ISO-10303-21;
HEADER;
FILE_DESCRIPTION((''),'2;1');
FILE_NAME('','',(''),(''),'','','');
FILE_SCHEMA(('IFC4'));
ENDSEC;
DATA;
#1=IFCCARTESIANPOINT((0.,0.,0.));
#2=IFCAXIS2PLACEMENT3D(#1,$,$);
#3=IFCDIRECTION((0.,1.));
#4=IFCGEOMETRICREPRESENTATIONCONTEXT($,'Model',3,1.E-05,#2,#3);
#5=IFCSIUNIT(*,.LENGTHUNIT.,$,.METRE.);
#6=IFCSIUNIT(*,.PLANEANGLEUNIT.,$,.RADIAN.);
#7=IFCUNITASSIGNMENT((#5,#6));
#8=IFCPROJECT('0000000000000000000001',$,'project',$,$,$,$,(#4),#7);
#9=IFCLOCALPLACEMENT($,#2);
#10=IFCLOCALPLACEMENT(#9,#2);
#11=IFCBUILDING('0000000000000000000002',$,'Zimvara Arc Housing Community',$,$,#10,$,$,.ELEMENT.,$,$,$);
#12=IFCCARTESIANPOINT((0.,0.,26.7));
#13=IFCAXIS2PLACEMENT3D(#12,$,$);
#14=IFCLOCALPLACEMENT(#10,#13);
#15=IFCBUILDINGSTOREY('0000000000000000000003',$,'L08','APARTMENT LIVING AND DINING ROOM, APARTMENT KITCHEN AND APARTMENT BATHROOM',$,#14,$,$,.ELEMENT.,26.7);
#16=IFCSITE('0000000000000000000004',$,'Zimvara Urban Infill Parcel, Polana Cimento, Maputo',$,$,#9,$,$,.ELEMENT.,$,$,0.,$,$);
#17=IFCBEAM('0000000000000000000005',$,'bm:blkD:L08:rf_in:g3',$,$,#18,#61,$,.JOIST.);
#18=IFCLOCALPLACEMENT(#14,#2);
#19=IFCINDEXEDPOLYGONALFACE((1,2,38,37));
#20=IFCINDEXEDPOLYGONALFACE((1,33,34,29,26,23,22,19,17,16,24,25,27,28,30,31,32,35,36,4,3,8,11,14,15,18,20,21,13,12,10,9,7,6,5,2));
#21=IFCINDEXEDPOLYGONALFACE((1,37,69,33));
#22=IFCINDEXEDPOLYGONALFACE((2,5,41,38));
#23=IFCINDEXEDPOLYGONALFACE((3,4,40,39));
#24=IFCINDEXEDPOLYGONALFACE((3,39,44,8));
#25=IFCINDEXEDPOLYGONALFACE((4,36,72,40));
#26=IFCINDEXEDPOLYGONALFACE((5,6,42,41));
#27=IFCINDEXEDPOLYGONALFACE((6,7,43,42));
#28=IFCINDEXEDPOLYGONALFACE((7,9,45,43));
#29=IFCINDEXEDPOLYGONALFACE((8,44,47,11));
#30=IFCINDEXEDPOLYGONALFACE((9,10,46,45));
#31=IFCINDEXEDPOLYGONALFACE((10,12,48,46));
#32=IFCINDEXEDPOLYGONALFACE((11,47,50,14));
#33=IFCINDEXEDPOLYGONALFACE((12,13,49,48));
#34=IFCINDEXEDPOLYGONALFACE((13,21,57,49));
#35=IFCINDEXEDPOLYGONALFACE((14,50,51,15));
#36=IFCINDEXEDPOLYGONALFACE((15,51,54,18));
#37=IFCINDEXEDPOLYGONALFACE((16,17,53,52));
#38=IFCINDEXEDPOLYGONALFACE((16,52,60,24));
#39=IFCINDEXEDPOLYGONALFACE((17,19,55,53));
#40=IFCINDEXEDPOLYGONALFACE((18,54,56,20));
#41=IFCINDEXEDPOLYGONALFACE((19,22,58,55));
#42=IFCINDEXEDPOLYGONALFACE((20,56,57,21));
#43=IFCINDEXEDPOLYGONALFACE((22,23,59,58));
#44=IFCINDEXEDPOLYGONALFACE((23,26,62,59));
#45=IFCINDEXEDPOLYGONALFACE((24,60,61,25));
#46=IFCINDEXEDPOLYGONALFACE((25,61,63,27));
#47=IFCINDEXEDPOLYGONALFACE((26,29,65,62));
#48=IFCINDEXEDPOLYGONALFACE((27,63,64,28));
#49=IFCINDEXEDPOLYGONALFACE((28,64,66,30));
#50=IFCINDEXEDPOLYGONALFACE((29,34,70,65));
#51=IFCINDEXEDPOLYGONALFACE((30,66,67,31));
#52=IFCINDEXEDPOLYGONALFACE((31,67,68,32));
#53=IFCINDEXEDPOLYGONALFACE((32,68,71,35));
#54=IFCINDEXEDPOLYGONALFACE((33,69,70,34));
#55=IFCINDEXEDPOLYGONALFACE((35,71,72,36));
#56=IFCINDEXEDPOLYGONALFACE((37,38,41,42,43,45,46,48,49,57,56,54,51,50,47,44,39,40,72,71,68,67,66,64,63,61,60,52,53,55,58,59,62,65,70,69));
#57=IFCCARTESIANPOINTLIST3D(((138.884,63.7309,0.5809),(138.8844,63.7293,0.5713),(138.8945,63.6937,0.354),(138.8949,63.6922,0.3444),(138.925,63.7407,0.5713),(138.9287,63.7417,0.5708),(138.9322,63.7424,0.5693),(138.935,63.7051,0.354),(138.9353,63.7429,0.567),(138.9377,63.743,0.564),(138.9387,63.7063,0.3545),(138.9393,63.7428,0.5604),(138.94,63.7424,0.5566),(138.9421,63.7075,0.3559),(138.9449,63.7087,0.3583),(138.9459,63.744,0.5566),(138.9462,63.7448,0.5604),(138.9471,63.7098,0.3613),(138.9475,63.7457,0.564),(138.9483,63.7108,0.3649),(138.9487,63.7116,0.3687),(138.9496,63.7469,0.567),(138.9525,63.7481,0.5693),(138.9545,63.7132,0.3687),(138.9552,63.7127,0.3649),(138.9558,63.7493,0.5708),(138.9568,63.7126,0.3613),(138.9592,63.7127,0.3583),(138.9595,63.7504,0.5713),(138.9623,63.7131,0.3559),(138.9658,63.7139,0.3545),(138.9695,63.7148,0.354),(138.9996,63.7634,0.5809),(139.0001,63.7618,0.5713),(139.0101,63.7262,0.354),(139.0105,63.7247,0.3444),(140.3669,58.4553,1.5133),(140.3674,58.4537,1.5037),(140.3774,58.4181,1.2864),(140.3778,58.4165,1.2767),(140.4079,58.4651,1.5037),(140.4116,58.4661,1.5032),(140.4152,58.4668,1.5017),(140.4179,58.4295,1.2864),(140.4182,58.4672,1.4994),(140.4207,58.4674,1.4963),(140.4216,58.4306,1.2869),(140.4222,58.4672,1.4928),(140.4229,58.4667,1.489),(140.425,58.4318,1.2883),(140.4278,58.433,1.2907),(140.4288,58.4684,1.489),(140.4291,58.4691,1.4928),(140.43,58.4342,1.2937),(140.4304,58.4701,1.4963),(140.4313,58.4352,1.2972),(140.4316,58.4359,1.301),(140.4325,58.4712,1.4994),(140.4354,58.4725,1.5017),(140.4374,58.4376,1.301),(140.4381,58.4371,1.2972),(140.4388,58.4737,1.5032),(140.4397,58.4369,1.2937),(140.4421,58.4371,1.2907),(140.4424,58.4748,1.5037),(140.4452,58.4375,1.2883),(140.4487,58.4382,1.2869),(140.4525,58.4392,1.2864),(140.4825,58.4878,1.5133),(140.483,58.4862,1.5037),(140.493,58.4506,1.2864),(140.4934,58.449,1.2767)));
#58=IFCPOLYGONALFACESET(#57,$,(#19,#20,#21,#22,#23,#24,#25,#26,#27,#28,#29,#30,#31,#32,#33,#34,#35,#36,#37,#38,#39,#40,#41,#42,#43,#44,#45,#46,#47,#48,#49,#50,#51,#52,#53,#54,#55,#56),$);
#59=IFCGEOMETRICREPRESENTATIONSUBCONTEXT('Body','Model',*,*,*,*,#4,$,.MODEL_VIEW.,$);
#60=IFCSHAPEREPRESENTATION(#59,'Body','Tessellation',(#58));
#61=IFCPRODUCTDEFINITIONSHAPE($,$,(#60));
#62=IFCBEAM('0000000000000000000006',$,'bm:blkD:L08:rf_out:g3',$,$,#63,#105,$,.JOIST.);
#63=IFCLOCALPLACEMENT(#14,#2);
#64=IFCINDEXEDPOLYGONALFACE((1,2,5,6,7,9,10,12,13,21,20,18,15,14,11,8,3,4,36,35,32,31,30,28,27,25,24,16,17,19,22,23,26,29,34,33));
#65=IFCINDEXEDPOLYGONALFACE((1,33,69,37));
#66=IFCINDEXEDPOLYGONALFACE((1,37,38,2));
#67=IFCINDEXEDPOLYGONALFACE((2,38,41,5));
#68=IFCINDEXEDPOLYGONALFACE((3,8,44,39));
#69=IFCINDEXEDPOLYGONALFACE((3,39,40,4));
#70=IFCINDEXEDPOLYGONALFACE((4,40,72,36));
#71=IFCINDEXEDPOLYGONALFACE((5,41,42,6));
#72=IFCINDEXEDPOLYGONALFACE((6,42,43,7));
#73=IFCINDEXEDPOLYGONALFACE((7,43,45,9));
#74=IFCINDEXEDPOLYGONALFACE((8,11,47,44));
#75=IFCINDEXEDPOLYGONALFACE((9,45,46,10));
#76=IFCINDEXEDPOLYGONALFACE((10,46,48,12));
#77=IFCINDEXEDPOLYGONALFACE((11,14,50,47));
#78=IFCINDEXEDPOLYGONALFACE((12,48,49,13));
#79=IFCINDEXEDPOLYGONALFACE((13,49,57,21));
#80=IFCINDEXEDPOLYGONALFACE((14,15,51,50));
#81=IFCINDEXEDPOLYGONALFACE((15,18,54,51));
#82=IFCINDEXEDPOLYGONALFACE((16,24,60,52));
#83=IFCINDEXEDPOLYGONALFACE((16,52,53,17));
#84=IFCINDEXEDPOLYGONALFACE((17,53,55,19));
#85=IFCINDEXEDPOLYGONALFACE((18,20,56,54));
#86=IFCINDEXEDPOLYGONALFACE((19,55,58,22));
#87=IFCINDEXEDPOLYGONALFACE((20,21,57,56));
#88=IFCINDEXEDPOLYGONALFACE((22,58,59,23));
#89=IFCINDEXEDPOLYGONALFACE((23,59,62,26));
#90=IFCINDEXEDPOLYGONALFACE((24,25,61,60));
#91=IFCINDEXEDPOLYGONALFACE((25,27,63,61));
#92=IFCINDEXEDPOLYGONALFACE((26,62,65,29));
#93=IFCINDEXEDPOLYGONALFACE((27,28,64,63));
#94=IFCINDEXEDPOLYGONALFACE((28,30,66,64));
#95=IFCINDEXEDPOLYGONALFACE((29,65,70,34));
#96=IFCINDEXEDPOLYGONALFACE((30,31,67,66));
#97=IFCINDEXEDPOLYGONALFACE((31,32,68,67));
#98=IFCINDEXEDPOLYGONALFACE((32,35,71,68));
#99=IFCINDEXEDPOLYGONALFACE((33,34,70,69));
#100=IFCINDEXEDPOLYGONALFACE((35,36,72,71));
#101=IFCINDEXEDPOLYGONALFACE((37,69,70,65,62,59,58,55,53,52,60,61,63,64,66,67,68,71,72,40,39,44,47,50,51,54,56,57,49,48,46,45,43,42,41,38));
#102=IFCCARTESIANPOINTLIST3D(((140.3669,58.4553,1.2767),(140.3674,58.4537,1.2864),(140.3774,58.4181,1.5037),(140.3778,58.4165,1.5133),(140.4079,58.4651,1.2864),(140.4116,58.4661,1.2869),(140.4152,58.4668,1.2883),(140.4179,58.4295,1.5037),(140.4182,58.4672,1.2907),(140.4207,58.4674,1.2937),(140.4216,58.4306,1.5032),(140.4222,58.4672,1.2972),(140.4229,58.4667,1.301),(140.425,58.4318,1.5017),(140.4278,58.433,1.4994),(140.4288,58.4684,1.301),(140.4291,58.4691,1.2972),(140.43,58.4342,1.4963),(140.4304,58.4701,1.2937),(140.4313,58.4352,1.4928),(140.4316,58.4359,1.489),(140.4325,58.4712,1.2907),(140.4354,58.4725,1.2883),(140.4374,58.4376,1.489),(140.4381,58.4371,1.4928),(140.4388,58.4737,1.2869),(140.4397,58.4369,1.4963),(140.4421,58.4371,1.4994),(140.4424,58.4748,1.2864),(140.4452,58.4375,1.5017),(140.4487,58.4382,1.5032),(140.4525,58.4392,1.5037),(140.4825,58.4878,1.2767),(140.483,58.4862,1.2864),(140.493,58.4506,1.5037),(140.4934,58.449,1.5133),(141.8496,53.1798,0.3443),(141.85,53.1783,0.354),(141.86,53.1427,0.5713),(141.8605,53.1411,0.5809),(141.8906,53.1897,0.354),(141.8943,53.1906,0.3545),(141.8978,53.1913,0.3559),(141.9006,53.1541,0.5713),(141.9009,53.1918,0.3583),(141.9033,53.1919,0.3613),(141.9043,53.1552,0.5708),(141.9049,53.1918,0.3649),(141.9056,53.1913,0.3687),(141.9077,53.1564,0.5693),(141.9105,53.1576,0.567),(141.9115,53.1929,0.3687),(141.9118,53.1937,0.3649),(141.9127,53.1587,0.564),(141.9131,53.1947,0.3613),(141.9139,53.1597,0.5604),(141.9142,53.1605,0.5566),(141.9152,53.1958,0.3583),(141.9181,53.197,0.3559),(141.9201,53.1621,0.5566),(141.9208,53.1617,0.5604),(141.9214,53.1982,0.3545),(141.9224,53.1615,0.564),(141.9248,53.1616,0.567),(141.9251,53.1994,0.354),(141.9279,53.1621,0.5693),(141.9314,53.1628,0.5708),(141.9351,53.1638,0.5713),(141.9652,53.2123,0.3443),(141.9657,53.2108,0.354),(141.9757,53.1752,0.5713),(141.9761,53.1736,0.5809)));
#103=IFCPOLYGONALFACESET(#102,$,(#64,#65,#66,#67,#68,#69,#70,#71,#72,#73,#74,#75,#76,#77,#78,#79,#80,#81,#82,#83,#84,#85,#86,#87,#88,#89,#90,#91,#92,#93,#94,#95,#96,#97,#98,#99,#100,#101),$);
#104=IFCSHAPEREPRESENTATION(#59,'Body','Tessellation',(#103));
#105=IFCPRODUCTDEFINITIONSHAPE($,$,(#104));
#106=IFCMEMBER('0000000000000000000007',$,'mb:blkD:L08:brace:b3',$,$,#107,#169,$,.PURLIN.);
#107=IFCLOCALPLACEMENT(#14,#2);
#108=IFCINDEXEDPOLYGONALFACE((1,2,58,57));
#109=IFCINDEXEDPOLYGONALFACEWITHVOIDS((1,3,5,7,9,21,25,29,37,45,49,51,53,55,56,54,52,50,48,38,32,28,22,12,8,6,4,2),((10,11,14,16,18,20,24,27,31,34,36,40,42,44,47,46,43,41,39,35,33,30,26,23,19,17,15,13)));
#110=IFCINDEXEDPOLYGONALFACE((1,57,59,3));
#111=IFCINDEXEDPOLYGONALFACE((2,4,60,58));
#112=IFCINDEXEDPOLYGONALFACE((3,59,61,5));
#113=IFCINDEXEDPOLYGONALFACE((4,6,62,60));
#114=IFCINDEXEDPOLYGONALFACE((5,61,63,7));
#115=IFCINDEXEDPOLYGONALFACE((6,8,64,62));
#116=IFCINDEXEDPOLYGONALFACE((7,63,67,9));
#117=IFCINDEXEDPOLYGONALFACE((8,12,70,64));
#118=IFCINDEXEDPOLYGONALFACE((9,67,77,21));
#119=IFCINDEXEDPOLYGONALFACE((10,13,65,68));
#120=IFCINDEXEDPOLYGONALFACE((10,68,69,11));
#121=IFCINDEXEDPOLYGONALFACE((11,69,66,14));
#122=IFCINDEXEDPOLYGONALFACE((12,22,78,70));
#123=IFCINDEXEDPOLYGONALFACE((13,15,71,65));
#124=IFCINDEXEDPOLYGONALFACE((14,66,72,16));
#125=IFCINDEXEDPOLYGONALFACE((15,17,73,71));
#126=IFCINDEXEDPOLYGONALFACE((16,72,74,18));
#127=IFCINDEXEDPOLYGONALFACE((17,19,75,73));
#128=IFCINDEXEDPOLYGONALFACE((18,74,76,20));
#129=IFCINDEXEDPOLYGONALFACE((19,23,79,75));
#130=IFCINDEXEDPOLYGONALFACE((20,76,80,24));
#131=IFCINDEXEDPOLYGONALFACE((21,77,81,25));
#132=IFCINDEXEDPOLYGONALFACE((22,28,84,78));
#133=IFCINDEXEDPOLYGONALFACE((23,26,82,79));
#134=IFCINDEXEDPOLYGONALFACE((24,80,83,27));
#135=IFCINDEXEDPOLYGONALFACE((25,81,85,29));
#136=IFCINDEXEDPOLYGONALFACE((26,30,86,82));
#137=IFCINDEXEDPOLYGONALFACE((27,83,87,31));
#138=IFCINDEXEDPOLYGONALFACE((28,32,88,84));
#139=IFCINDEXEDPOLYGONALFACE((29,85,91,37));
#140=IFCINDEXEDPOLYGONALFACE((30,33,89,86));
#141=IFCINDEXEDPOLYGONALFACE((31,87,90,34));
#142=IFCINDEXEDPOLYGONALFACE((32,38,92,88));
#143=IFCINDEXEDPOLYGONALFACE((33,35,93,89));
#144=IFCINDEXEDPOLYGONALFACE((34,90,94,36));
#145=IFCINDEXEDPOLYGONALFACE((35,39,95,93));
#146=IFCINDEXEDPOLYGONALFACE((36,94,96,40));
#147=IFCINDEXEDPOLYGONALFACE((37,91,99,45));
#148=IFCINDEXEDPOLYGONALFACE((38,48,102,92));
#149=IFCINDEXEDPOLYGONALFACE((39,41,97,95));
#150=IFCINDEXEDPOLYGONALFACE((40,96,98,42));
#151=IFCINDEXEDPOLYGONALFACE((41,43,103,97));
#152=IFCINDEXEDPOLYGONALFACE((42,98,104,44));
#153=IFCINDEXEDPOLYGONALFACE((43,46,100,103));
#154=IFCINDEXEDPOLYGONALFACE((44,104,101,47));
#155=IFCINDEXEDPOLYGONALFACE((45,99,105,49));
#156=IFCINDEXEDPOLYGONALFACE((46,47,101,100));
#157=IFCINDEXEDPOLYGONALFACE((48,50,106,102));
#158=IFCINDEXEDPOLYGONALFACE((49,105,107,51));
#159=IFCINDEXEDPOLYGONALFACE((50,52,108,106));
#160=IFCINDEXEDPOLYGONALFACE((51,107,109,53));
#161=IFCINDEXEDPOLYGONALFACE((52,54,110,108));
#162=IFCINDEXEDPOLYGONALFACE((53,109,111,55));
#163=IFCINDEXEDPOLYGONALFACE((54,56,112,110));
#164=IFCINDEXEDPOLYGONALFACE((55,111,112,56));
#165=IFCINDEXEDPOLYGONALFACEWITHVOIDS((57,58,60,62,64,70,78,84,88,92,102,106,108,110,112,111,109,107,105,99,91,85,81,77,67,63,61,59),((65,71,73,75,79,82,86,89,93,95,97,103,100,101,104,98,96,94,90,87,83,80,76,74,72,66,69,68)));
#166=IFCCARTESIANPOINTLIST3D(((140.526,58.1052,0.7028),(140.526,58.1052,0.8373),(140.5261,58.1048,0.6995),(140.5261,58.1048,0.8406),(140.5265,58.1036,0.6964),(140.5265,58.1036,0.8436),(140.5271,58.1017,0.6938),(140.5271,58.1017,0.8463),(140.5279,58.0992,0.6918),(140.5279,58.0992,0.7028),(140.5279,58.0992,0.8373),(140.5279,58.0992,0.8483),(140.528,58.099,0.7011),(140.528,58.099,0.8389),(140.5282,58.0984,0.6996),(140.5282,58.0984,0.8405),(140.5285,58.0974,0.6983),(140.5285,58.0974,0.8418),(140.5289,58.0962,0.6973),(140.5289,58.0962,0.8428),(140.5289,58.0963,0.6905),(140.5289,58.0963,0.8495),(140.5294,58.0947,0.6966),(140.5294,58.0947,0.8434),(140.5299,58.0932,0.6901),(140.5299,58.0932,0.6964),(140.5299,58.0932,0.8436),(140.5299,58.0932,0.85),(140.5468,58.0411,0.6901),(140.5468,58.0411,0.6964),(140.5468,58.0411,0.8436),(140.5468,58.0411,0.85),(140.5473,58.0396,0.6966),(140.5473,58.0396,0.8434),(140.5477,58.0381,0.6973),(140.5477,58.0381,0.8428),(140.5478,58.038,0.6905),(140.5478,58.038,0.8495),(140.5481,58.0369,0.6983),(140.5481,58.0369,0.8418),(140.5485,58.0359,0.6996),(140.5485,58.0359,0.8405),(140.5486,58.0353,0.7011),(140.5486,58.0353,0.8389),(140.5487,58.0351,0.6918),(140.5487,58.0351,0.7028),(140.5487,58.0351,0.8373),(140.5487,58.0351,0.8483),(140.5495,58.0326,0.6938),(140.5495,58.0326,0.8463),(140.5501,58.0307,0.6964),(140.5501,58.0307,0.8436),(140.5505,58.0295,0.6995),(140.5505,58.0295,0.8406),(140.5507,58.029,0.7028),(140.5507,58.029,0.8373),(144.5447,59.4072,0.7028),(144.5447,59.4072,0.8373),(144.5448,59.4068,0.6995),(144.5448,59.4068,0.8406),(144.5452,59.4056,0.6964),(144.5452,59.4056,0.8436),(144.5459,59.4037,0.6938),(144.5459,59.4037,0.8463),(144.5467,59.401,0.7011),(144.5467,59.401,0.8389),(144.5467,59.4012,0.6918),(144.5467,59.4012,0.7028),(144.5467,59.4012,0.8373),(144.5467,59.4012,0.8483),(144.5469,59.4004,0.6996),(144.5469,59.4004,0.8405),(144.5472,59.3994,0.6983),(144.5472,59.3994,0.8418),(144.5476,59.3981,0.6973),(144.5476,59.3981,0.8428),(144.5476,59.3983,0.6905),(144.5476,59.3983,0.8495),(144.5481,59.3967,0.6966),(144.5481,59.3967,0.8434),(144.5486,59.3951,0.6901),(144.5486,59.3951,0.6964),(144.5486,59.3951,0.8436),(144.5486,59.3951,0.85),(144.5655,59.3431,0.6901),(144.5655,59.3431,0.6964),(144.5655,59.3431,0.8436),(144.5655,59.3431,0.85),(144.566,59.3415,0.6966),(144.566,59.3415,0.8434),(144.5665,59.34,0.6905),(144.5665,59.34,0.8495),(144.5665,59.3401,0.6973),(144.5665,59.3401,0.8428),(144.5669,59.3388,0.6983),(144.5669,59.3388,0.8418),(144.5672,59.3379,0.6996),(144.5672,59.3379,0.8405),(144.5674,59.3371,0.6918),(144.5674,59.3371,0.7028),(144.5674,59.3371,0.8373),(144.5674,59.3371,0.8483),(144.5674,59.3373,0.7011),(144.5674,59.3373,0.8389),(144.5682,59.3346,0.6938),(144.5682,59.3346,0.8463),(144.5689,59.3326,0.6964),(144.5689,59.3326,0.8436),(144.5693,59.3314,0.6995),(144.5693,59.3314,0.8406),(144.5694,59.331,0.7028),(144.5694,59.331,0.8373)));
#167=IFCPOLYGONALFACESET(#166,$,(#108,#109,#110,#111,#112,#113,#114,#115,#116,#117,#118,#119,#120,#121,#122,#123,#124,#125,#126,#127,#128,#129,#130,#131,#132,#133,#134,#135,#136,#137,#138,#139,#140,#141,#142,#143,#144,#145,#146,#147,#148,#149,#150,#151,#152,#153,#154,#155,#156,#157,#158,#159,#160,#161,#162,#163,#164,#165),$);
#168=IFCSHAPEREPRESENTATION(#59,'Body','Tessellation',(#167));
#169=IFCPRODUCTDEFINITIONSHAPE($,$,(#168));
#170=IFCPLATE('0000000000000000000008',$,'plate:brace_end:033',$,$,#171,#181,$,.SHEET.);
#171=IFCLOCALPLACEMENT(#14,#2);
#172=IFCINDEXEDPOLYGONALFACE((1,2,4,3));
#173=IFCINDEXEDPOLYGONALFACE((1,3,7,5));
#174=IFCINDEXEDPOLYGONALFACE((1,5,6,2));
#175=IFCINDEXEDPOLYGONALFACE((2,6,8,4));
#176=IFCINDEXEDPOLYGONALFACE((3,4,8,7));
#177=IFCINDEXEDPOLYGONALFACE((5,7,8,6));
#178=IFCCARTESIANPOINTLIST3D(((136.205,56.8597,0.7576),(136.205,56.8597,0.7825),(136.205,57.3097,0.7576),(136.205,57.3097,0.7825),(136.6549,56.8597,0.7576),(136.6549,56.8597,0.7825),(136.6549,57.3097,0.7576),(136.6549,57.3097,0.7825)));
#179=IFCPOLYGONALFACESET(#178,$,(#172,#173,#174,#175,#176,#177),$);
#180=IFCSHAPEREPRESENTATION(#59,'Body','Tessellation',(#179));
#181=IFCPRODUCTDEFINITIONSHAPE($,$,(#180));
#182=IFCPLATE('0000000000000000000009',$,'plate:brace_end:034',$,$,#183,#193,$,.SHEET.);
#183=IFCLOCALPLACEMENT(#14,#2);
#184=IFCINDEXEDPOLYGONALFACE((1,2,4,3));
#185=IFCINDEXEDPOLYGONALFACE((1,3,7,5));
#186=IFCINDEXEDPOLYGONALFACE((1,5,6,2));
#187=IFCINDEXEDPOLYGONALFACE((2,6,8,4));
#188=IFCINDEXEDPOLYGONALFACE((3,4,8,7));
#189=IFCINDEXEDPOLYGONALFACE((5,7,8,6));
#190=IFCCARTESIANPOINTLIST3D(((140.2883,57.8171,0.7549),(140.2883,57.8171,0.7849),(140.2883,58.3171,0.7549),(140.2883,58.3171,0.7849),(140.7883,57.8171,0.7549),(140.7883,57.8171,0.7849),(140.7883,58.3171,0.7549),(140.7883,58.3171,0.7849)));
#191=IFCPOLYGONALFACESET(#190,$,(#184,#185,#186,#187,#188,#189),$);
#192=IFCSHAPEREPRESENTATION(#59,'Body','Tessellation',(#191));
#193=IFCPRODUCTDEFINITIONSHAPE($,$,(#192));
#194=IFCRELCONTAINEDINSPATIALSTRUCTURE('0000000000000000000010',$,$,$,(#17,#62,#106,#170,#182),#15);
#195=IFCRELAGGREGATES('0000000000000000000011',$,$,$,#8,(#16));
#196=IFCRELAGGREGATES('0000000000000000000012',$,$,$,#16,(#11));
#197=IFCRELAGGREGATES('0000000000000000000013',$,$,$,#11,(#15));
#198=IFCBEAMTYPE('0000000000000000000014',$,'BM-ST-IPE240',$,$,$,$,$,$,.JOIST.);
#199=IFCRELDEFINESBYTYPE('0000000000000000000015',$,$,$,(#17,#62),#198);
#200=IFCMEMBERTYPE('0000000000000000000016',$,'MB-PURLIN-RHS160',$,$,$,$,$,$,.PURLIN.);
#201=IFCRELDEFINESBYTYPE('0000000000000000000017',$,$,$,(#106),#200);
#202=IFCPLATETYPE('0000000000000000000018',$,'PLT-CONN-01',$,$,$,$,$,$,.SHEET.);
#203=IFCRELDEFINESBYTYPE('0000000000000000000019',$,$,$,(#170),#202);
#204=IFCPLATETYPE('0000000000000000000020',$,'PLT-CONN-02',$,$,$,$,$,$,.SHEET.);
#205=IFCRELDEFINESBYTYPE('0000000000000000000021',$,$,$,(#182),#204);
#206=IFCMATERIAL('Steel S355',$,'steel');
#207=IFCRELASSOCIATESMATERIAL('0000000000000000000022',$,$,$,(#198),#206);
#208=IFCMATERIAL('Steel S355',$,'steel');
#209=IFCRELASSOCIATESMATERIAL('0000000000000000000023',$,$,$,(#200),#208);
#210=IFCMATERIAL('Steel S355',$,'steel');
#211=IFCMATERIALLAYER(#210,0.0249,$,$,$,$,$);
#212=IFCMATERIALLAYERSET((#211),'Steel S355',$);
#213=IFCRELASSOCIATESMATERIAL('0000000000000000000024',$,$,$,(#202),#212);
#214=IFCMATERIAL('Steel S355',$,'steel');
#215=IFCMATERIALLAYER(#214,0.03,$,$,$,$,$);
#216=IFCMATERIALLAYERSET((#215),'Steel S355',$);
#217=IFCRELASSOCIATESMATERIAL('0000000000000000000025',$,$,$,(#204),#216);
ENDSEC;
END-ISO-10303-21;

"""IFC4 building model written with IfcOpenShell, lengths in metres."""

from ifc_helpers import new_model, si_unit, direction, frame, origin, origin_2d, place, context, subcontext, project, spatial, rectangle, hollow_rectangle, i_section, extrude, material, layer, layer_set, material_profile, profile_set, type_object, element, save


model = new_model("IFC4")

# Units and contexts
model_context = context("Model", 3, precision=1e-05, world=origin(), true_north=direction((0.0, 1.0)))
body_context = subcontext(model_context, "Body", "Model", "MODEL_VIEW")
ifc_project = project(units=[si_unit("LENGTHUNIT", "METRE"), si_unit("PLANEANGLEUNIT", "RADIAN")], contexts=[model_context])

# Site, building, storey
site_placement = place(None, origin())
site = spatial("IfcSite", under=ifc_project, at=site_placement, Name="Zimvara Urban Infill Parcel, Polana Cimento, Maputo", CompositionType="ELEMENT", RefElevation=0.0)
building_placement = place(site_placement, origin())
building = spatial("IfcBuilding", under=site, at=building_placement, Name="Zimvara Arc Housing Community", CompositionType="ELEMENT")
storey_placement = place(building_placement, frame((0.0, 0.0, 26.7)))
storey = spatial("IfcBuildingStorey", under=building, at=storey_placement, Name="L08", Description="APARTMENT LIVING AND DINING ROOM, APARTMENT KITCHEN AND APARTMENT BATHROOM", CompositionType="ELEMENT", Elevation=26.7)

# Beams
ifc_material_1 = material(Name="Steel S355", Category="steel")
ifc_material_profile_1 = material_profile(ifc_material_1, i_section(OverallWidth=0.1201, OverallDepth=0.24, WebThickness=0.0061, FlangeThickness=0.0098, FilletRadius=0.0149, at=origin_2d()), Name="IPE 240")
ifc_profile_set_1 = profile_set([ifc_material_profile_1], Name="Steel S355")
beam_type_1 = type_object("IfcBeamType", Name="BM-ST-IPE240", PredefinedType="JOIST", material=ifc_profile_set_1)
for number, where, z_axis, x_axis, name in (
    (1, (138.9473, 63.7278, 0.4626), (0.266766, -0.949054, 0.167728), (0.962692, 0.2706, 0.0), "bm:blkD:L08:rf_in:g3"),
):
    element("IfcBeam", number, at=place(storey_placement, frame(where, z_axis=z_axis, x_axis=x_axis)), inside=storey, type_object=beam_type_1, Name=name, PredefinedType="JOIST", context=body_context, shape_type="SweptSolid", body=[
        extrude(i_section(OverallWidth=0.1201, OverallDepth=0.24, WebThickness=0.0061, FlangeThickness=0.0098, FilletRadius=0.0149, at=origin_2d()), origin(), (0.0, 0.0, 1.0), 5.5588),
    ])
beam_1_placement = place(storey_placement, frame((140.4302, 58.4521, 1.395), z_axis=(0.266737, -0.949061, -0.167737), x_axis=(0.9627, 0.27057, 0.0)))
element("IfcBeam", 2, at=beam_1_placement, inside=storey, type_object=beam_type_1, Name="bm:blkD:L08:rf_out:g3", PredefinedType="JOIST", context=body_context, shape_type="SweptSolid", body=[
    extrude(i_section(OverallWidth=0.1201, OverallDepth=0.24, WebThickness=0.0061, FlangeThickness=0.0098, FilletRadius=0.0149, at=origin_2d()), origin(), (0.0, 0.0, 1.0), 5.5586),
])

# Member
ifc_material_2 = material(Name="Steel S355", Category="steel")
ifc_material_profile_2 = material_profile(ifc_material_2, hollow_rectangle(XDim=0.0801, YDim=0.1599, WallThickness=0.0063, InnerFilletRadius=0.0063, OuterFilletRadius=0.0127, at=origin_2d()), Name="RHS 160x80x6.3")
ifc_profile_set_2 = profile_set([ifc_material_profile_2], Name="Steel S355")
member_type = type_object("IfcMemberType", Name="MB-PURLIN-RHS160", PredefinedType="PURLIN", material=ifc_profile_set_2)
member_placement = place(storey_placement, frame((140.5383, 58.0671, 0.77), z_axis=(0.951319, 0.308206, 0.0), x_axis=(-0.308206, 0.951319, 0.0)))
element("IfcMember", 3, at=member_placement, inside=storey, type_object=member_type, Name="mb:blkD:L08:brace:b3", PredefinedType="PURLIN", context=body_context, shape_type="SweptSolid", body=[
    extrude(hollow_rectangle(XDim=0.0801, YDim=0.1599, WallThickness=0.0063, InnerFilletRadius=0.0063, OuterFilletRadius=0.0127, at=origin_2d()), origin(), (0.0, 0.0, 1.0), 4.2244),
])

# Plates
ifc_material_3 = material(Name="Steel S355", Category="steel")
ifc_layer_1 = layer(ifc_material_3, 0.0249)
ifc_layer_set_1 = layer_set([ifc_layer_1], Name="Steel S355")
plate_type_1 = type_object("IfcPlateType", Name="PLT-CONN-01", PredefinedType="SHEET", material=ifc_layer_set_1)
plate_1_placement = place(storey_placement, frame((136.4299, 57.0847, 0.7576), z_axis=(0.0, 0.0, 1.0), x_axis=(1.0, 0.0, 0.0)))
element("IfcPlate", 4, at=plate_1_placement, inside=storey, type_object=plate_type_1, Name="plate:brace_end:033", PredefinedType="SHEET", context=body_context, shape_type="SweptSolid", body=[
    extrude(rectangle(XDim=0.45, YDim=0.45, at=origin_2d()), origin(), (0.0, 0.0, 1.0), 0.0249),
])
ifc_material_4 = material(Name="Steel S355", Category="steel")
ifc_layer_2 = layer(ifc_material_4, 0.03)
ifc_layer_set_2 = layer_set([ifc_layer_2], Name="Steel S355")
plate_type_2 = type_object("IfcPlateType", Name="PLT-CONN-02", PredefinedType="SHEET", material=ifc_layer_set_2)
plate_2_placement = place(storey_placement, frame((140.5383, 58.0671, 0.7549), z_axis=(0.0, 0.0, 1.0), x_axis=(1.0, 0.0, 0.0)))
element("IfcPlate", 5, at=plate_2_placement, inside=storey, type_object=plate_type_2, Name="plate:brace_end:034", PredefinedType="SHEET", context=body_context, shape_type="SweptSolid", body=[
    extrude(rectangle(XDim=0.5, YDim=0.5, at=origin_2d()), origin(), (0.0, 0.0, 1.0), 0.03),
])

save(model, "model.ifc")
